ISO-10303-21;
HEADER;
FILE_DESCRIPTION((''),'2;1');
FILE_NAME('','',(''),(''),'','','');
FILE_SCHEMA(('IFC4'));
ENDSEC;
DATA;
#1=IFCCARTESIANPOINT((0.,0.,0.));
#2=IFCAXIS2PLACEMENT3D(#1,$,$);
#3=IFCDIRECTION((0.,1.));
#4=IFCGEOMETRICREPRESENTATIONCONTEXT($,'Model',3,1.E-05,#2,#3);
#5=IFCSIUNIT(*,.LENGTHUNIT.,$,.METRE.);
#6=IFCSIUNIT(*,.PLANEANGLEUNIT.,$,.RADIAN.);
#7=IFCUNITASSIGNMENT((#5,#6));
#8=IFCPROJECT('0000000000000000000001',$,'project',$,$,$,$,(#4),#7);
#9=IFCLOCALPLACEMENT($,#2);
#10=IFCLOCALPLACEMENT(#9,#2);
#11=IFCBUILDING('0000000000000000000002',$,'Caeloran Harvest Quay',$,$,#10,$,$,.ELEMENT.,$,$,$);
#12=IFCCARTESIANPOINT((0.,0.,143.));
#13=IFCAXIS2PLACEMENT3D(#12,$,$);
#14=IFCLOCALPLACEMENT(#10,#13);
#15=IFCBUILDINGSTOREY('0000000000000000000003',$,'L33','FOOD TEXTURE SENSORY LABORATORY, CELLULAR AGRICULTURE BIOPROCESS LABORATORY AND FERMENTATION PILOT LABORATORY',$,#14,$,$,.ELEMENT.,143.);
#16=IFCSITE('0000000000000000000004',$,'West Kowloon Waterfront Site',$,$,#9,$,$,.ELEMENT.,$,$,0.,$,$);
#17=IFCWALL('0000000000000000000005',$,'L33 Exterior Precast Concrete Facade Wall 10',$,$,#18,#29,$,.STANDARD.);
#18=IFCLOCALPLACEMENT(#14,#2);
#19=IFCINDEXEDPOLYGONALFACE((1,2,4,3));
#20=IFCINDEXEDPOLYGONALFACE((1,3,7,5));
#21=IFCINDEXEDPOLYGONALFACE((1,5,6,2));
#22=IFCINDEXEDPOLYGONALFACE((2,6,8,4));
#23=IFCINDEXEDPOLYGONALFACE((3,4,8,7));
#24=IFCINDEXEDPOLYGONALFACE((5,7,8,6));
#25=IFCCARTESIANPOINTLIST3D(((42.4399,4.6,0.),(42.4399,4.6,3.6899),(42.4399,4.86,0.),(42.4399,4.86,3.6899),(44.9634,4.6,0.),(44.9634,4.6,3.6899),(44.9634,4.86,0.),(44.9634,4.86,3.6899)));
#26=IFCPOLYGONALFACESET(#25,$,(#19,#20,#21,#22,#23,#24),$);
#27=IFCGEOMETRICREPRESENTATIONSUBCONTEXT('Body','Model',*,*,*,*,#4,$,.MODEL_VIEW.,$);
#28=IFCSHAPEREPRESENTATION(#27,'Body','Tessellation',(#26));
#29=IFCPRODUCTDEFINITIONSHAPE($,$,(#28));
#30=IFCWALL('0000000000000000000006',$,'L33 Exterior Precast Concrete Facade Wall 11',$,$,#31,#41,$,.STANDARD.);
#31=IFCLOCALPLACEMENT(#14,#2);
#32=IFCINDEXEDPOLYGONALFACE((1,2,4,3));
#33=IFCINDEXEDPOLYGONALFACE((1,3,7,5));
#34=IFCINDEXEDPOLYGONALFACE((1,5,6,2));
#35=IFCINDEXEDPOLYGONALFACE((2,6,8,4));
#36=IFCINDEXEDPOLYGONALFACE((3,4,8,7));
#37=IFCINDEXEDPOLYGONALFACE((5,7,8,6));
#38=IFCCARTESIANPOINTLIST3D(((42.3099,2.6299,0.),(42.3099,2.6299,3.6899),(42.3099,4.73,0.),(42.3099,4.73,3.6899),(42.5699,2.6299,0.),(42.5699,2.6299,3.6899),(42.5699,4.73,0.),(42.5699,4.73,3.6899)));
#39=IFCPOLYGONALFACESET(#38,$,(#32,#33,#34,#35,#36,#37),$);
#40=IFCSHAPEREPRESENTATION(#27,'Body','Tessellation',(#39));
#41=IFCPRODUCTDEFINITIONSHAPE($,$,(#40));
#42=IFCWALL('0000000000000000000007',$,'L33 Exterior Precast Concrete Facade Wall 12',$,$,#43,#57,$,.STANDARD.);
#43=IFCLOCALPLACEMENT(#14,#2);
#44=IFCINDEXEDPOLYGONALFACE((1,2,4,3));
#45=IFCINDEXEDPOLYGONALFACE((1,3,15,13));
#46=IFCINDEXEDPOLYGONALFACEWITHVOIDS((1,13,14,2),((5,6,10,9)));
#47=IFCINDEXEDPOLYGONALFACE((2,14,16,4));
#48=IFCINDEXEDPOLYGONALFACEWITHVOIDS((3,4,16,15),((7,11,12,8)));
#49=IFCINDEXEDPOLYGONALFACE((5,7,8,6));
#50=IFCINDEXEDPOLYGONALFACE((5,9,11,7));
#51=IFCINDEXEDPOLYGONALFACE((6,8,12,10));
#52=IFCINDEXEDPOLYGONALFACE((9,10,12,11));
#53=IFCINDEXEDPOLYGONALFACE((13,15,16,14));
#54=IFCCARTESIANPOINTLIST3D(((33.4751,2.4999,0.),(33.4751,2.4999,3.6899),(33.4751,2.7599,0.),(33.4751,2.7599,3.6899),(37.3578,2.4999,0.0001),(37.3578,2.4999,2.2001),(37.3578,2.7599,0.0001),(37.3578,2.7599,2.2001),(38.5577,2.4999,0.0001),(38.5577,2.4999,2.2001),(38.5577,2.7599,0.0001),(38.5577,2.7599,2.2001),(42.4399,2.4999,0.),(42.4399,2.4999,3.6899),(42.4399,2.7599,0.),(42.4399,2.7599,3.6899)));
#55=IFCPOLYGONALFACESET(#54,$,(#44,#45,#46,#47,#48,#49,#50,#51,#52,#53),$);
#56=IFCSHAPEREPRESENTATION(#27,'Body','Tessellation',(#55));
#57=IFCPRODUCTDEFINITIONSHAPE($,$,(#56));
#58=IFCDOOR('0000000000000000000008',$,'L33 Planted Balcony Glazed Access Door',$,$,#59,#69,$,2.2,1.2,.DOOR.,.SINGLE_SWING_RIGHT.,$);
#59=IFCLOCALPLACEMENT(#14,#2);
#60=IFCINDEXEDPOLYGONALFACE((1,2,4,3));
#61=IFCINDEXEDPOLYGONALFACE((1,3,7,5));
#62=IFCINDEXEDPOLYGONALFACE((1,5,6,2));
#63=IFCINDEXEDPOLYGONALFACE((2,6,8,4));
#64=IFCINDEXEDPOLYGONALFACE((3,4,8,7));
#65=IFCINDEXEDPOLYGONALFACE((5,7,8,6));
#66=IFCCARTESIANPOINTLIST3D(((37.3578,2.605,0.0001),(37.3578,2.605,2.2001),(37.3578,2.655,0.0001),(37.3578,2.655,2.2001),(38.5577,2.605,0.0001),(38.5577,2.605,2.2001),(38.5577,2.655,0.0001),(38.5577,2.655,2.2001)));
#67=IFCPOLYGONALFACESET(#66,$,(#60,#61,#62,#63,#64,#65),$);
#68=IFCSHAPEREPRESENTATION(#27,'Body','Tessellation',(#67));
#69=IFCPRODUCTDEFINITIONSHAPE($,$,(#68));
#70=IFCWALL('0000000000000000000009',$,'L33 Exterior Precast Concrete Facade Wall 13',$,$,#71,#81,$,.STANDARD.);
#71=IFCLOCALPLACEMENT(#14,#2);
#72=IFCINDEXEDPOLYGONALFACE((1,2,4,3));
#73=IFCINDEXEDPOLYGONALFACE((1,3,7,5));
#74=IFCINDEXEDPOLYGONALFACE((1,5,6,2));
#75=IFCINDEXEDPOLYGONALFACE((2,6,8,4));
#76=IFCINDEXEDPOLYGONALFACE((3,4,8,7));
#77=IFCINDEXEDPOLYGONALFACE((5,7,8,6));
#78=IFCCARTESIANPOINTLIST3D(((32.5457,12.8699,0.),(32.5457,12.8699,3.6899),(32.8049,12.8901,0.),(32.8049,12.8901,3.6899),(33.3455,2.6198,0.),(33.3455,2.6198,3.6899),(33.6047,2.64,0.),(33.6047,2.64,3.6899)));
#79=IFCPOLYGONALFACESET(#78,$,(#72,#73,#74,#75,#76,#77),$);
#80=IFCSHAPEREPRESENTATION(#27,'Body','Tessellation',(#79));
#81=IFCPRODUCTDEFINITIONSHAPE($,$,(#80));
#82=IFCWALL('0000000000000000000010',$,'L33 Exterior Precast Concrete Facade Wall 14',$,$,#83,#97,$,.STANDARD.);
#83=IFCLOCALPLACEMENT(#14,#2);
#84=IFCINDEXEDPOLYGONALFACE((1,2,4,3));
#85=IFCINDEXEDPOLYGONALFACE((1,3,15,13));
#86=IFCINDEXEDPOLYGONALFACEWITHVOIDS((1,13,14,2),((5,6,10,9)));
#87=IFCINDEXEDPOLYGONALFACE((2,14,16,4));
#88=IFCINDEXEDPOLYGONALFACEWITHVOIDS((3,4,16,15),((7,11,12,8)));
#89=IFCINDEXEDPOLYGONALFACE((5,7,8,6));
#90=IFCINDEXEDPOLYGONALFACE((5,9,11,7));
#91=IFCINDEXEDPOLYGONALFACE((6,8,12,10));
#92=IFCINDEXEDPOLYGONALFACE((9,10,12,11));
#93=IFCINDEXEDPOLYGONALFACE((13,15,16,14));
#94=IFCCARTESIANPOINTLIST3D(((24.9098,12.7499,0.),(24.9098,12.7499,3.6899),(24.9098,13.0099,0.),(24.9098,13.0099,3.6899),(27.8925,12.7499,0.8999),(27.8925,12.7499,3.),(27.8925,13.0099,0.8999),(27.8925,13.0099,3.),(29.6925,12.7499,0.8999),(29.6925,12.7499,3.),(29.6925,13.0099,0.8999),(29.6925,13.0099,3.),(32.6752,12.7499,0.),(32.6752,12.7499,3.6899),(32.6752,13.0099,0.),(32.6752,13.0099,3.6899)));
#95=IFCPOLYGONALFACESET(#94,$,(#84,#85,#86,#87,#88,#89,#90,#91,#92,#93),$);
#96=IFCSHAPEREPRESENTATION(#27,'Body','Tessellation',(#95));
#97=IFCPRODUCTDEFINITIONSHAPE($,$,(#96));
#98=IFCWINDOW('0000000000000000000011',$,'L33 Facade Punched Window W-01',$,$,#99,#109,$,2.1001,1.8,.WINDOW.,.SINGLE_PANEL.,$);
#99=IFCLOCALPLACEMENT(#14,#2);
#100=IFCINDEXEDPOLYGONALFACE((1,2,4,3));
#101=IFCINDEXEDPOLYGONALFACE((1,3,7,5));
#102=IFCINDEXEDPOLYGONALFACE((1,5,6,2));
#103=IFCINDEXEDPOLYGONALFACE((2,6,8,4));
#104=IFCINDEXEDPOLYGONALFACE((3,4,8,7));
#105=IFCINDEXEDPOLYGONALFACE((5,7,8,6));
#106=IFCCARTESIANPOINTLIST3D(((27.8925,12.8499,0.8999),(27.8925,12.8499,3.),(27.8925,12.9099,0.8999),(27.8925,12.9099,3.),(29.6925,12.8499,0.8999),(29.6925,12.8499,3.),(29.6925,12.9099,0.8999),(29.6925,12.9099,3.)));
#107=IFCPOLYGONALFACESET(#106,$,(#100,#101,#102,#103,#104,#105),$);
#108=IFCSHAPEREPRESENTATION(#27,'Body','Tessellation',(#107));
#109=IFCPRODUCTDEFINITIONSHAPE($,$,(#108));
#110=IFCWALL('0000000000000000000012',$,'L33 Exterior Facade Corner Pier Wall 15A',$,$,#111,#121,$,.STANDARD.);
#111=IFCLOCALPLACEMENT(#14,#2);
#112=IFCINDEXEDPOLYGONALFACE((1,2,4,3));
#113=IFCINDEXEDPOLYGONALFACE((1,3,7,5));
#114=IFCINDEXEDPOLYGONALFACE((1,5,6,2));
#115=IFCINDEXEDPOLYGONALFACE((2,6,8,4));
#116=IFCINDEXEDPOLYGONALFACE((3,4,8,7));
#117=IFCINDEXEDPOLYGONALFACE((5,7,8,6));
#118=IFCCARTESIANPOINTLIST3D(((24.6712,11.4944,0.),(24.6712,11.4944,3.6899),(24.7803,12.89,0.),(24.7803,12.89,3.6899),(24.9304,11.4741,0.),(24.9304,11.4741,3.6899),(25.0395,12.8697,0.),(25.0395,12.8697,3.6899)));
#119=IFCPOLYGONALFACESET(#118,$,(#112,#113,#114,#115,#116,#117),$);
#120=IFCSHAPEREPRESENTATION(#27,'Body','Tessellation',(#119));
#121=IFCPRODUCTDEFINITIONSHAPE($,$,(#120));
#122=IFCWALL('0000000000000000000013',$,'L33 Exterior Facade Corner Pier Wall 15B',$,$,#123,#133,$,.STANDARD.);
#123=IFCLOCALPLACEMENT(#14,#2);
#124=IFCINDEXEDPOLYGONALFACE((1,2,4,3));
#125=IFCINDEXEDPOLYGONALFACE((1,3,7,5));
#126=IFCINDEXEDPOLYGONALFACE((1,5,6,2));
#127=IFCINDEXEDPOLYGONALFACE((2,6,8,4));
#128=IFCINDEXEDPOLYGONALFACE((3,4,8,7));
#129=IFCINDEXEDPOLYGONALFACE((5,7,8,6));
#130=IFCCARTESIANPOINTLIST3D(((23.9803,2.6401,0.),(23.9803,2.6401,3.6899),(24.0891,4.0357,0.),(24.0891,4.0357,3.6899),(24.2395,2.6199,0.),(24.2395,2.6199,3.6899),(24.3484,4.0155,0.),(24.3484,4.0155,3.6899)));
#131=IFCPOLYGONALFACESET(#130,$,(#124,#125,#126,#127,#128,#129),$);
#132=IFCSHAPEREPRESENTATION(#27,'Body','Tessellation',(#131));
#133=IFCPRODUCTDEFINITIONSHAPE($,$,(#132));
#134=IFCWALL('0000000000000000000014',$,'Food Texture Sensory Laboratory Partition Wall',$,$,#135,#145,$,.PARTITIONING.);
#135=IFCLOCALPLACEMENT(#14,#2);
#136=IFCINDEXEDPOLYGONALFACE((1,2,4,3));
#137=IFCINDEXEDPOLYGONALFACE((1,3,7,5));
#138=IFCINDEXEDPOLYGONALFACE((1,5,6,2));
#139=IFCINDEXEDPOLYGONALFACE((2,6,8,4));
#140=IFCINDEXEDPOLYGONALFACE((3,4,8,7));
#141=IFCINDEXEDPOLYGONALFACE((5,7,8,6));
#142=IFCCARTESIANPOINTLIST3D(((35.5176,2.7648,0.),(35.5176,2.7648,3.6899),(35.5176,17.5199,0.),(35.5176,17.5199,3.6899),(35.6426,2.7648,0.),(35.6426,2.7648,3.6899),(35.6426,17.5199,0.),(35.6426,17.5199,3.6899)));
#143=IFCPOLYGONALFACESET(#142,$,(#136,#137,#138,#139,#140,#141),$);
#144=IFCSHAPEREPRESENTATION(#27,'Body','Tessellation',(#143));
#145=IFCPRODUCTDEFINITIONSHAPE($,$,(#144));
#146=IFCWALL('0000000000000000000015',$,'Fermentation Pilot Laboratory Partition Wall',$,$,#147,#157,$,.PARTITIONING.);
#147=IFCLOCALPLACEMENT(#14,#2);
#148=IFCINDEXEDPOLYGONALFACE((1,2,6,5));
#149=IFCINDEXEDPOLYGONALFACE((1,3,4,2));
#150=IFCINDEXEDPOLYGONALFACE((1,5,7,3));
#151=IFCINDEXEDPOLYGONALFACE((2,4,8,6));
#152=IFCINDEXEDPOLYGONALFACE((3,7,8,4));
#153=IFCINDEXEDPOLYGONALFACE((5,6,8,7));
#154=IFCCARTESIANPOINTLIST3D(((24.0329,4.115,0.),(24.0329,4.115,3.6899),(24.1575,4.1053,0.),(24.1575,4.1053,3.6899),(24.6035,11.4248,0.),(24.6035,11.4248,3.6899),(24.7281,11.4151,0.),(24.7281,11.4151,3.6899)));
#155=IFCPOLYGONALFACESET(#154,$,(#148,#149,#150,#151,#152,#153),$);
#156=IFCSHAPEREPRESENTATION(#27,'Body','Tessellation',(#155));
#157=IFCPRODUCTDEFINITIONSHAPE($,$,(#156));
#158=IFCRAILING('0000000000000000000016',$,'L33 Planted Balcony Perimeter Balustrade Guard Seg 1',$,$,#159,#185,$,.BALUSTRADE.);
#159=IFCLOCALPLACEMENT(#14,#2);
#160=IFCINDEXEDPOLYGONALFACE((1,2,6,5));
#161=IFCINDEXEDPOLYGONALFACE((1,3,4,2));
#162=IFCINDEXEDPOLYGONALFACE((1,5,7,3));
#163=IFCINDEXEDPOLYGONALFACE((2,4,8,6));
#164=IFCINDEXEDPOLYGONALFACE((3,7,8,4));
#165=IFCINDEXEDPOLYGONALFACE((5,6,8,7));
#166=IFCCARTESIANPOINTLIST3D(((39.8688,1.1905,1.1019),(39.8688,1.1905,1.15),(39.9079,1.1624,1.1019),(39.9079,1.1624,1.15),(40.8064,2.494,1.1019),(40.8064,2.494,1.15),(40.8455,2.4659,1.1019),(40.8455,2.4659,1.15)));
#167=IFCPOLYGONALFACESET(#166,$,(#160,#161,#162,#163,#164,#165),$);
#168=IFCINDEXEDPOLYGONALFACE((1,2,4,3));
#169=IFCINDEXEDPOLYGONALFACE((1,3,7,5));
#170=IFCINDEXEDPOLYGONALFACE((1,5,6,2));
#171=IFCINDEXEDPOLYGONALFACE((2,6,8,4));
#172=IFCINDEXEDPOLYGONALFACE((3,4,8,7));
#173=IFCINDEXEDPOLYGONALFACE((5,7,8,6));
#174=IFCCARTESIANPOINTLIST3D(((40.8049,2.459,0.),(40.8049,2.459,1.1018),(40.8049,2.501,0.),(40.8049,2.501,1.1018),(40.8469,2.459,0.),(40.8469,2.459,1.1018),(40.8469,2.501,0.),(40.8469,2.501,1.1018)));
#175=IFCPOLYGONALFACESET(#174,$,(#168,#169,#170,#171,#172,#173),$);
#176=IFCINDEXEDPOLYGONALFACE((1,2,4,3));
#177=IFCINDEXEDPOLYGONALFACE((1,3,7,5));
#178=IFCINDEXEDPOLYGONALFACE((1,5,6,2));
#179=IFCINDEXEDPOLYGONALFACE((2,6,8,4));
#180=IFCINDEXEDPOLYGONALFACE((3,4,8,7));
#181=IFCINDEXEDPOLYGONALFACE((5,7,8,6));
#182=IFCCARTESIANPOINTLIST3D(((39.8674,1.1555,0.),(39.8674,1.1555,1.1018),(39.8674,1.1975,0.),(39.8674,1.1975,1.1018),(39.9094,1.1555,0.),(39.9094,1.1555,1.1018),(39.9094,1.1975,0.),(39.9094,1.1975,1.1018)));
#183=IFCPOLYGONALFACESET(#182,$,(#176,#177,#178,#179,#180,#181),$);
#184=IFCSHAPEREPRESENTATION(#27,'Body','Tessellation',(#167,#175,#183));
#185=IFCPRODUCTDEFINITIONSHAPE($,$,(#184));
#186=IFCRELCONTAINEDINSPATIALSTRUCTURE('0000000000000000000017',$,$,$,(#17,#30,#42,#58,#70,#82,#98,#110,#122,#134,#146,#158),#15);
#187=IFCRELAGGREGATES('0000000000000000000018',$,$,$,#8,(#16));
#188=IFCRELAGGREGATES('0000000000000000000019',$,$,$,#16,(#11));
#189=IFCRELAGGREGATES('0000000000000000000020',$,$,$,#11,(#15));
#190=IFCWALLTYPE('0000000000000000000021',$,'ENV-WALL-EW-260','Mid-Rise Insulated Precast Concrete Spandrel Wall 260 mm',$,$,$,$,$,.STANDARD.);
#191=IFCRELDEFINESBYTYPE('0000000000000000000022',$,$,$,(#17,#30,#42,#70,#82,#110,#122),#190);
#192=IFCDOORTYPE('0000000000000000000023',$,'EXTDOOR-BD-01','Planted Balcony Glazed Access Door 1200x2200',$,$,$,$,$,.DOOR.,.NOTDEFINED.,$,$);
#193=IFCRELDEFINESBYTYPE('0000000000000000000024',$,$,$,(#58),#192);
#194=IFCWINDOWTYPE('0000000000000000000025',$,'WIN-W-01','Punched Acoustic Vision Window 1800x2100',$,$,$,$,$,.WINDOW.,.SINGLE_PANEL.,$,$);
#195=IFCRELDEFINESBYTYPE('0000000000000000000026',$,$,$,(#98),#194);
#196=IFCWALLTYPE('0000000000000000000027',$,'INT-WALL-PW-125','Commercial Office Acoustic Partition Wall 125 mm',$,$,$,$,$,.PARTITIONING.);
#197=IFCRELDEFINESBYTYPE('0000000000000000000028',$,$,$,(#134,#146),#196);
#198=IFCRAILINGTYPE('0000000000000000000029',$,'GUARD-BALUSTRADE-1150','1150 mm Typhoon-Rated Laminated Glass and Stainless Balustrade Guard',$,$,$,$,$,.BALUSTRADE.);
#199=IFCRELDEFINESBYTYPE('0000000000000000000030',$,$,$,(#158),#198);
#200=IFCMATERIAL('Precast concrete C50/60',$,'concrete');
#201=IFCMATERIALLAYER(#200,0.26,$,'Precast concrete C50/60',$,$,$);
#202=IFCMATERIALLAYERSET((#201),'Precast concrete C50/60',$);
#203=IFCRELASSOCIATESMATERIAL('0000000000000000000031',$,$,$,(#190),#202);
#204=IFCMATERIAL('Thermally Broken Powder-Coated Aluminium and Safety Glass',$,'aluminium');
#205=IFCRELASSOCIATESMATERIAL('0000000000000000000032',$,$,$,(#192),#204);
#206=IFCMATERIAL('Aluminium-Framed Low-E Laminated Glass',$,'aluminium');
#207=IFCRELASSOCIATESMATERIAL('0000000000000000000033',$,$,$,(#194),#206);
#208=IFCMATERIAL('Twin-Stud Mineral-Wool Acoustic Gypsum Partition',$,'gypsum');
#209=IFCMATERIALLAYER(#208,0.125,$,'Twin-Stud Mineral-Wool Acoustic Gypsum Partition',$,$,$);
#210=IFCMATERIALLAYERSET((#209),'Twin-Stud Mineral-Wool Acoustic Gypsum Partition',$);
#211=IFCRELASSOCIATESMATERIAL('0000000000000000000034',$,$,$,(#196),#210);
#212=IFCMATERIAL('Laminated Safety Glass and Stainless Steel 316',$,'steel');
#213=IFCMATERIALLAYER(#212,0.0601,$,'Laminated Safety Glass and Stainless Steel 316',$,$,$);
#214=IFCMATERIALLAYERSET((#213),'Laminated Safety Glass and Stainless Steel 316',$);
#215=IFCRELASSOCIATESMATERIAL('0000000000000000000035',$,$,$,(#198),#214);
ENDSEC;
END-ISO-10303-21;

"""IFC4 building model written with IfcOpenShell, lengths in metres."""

from ifc_helpers import new_model, si_unit, direction, frame, frame_2d, origin, origin_2d, place, context, subcontext, project, spatial, rectangle, extrude, material, layer, layer_set, type_object, element, fill, save


model = new_model("IFC4")

# Units and contexts
model_context = context("Model", 3, precision=1e-05, world=origin(), true_north=direction((0.0, 1.0)))
body_context = subcontext(model_context, "Body", "Model", "MODEL_VIEW")
ifc_project = project(units=[si_unit("LENGTHUNIT", "METRE"), si_unit("PLANEANGLEUNIT", "RADIAN")], contexts=[model_context])

# Site, building, storey
site_placement = place(None, origin())
site = spatial("IfcSite", under=ifc_project, at=site_placement, Name="West Kowloon Waterfront Site", CompositionType="ELEMENT", RefElevation=0.0)
building_placement = place(site_placement, origin())
building = spatial("IfcBuilding", under=site, at=building_placement, Name="Caeloran Harvest Quay", CompositionType="ELEMENT")
storey_placement = place(building_placement, frame((0.0, 0.0, 143.0)))
storey = spatial("IfcBuildingStorey", under=building, at=storey_placement, Name="L33", Description="FOOD TEXTURE SENSORY LABORATORY, CELLULAR AGRICULTURE BIOPROCESS LABORATORY AND FERMENTATION PILOT LABORATORY", CompositionType="ELEMENT", Elevation=143.0)

# Shared definitions
ifc_material_1 = material(Name="Precast concrete C50/60", Category="concrete")

# Walls
ifc_layer_1 = layer(ifc_material_1, 0.26, Name="Precast concrete C50/60")
ifc_layer_set_1 = layer_set([ifc_layer_1], Name="Precast concrete C50/60")
wall_type_1 = type_object("IfcWallType", Name="ENV-WALL-EW-260", Description="Mid-Rise Insulated Precast Concrete Spandrel Wall 260 mm", PredefinedType="STANDARD", material=ifc_layer_set_1)
wall_1_placement = place(storey_placement, frame((44.9634, 4.73, 0.0), z_axis=(0.0, 0.0, 1.0), x_axis=(-1.0, 0.0, 0.0)))
element("IfcWall", 1, at=wall_1_placement, inside=storey, type_object=wall_type_1, Name="L33 Exterior Precast Concrete Facade Wall 10", PredefinedType="STANDARD", context=body_context, shape_type="SweptSolid", body=[
    extrude(rectangle(XDim=2.5234, YDim=0.26, at=frame_2d((1.2617, 0.0))), origin(), (0.0, 0.0, 1.0), 3.6899),
])
wall_2_placement = place(storey_placement, frame((42.4399, 4.73, 0.0), z_axis=(0.0, 0.0, 1.0), x_axis=(0.0, -1.0, 0.0)))
element("IfcWall", 2, at=wall_2_placement, inside=storey, type_object=wall_type_1, Name="L33 Exterior Precast Concrete Facade Wall 11", PredefinedType="STANDARD", context=body_context, shape_type="SweptSolid", body=[
    extrude(rectangle(XDim=2.1001, YDim=0.26, at=frame_2d((1.05, 0.0))), origin(), (0.0, 0.0, 1.0), 3.6899),
])

# Wall, opening, door
wall_3_placement = place(storey_placement, frame((42.4399, 2.6299, 0.0), z_axis=(0.0, 0.0, 1.0), x_axis=(-1.0, 0.0, 0.0)))
wall_3 = element("IfcWall", 3, at=wall_3_placement, inside=storey, type_object=wall_type_1, Name="L33 Exterior Precast Concrete Facade Wall 12", PredefinedType="STANDARD", context=body_context, shape_type="SweptSolid", body=[
    extrude(rectangle(XDim=8.9648, YDim=0.26, at=frame_2d((4.4824, 0.0))), origin(), (0.0, 0.0, 1.0), 3.6899),
])
opening_1_placement = place(wall_3_placement, frame((3.8821, 0.0, 0.0)))
opening_1 = element("IfcOpeningElement", 4, at=opening_1_placement, cuts=wall_3, PredefinedType="OPENING", context=body_context, shape_type="SweptSolid", body=[
    extrude(rectangle(XDim=1.2, YDim=2.2, at=frame_2d((0.6001, 1.1001))), frame((0.0, 0.1401, 0.0), z_axis=(0.0, -1.0, 0.0), x_axis=(1.0, 0.0, 0.0)), (0.0, 0.0, 1.0), 0.28),
])
ifc_material_2 = material(Name="Thermally Broken Powder-Coated Aluminium and Safety Glass", Category="aluminium")
door_type = type_object("IfcDoorType", Name="EXTDOOR-BD-01", Description="Planted Balcony Glazed Access Door 1200x2200", OperationType="NOTDEFINED", PredefinedType="DOOR", material=ifc_material_2)
door_placement = place(opening_1_placement, origin())
door = element("IfcDoor", 5, at=door_placement, inside=storey, type_object=door_type, Name="L33 Planted Balcony Glazed Access Door", OperationType="SINGLE_SWING_RIGHT", OverallHeight=2.2, OverallWidth=1.2, PredefinedType="DOOR", context=body_context, shape_type="SweptSolid", body=[
    extrude(rectangle(XDim=1.2, YDim=2.2, at=frame_2d((0.6001, 1.1001))), frame((0.0, 0.0249, 0.0), z_axis=(0.0, -1.0, 0.0), x_axis=(1.0, 0.0, 0.0)), (0.0, 0.0, 1.0), 0.05),
])
fill(opening_1, door)

# Wall
wall_4_placement = place(storey_placement, frame((33.4751, 2.6299, 0.0), z_axis=(0.0, 0.0, 1.0), x_axis=(-0.077793, 0.99697, 0.0)))
element("IfcWall", 6, at=wall_4_placement, inside=storey, type_object=wall_type_1, Name="L33 Exterior Precast Concrete Facade Wall 13", PredefinedType="STANDARD", context=body_context, shape_type="SweptSolid", body=[
    extrude(rectangle(XDim=10.2812, YDim=0.26, at=frame_2d((5.1406, 0.0))), origin(), (0.0, 0.0, 1.0), 3.6899),
])

# Wall, opening, window
wall_5_placement = place(storey_placement, frame((32.6753, 12.8799, 0.0), z_axis=(0.0, 0.0, 1.0), x_axis=(-1.0, 0.0, 0.0)))
wall_5 = element("IfcWall", 7, at=wall_5_placement, inside=storey, type_object=wall_type_1, Name="L33 Exterior Precast Concrete Facade Wall 14", PredefinedType="STANDARD", context=body_context, shape_type="SweptSolid", body=[
    extrude(rectangle(XDim=7.7654, YDim=0.26, at=frame_2d((3.8828, 0.0))), origin(), (0.0, 0.0, 1.0), 3.6899),
])
opening_2_placement = place(wall_5_placement, frame((2.9829, 0.0, 0.8999)))
opening_2 = element("IfcOpeningElement", 8, at=opening_2_placement, cuts=wall_5, PredefinedType="OPENING", context=body_context, shape_type="SweptSolid", body=[
    extrude(rectangle(XDim=1.8, YDim=2.1001, at=frame_2d((0.8999, 1.05))), frame((0.0, 0.1401, 0.0), z_axis=(0.0, -1.0, 0.0), x_axis=(1.0, 0.0, 0.0)), (0.0, 0.0, 1.0), 0.28),
])
ifc_material_3 = material(Name="Aluminium-Framed Low-E Laminated Glass", Category="aluminium")
window_type = type_object("IfcWindowType", Name="WIN-W-01", Description="Punched Acoustic Vision Window 1800x2100", PartitioningType="SINGLE_PANEL", PredefinedType="WINDOW", material=ifc_material_3)
window_placement = place(opening_2_placement, origin())
window = element("IfcWindow", 9, at=window_placement, inside=storey, type_object=window_type, Name="L33 Facade Punched Window W-01", OverallHeight=2.1001, OverallWidth=1.8, PartitioningType="SINGLE_PANEL", PredefinedType="WINDOW", context=body_context, shape_type="SweptSolid", body=[
    extrude(rectangle(XDim=1.8, YDim=2.1001, at=frame_2d((0.8999, 1.05))), frame((0.0, 0.03, 0.0), z_axis=(0.0, -1.0, 0.0), x_axis=(1.0, 0.0, 0.0)), (0.0, 0.0, 1.0), 0.0601),
])
fill(opening_2, window)

# Walls
for number, where, z_axis, x_axis, name in (
    (10, (24.9099, 12.8799, 0.0), (0.0, 0.0, 1.0), (-0.07795, -0.996957, 0.0), "L33 Exterior Facade Corner Pier Wall 15A"),
    (11, (24.2188, 4.0256, 0.0), (0.0, 0.0, 1.0), (-0.077777, -0.996971, 0.0), "L33 Exterior Facade Corner Pier Wall 15B"),
):
    element("IfcWall", number, at=place(storey_placement, frame(where, z_axis=z_axis, x_axis=x_axis)), inside=storey, type_object=wall_type_1, Name=name, PredefinedType="STANDARD", context=body_context, shape_type="SweptSolid", body=[
        extrude(rectangle(XDim=1.3999, YDim=0.26, at=frame_2d((0.7, 0.0))), origin(), (0.0, 0.0, 1.0), 3.6899),
    ])
ifc_material_4 = material(Name="Twin-Stud Mineral-Wool Acoustic Gypsum Partition", Category="gypsum")
ifc_layer_2 = layer(ifc_material_4, 0.125, Name="Twin-Stud Mineral-Wool Acoustic Gypsum Partition")
ifc_layer_set_2 = layer_set([ifc_layer_2], Name="Twin-Stud Mineral-Wool Acoustic Gypsum Partition")
wall_type_2 = type_object("IfcWallType", Name="INT-WALL-PW-125", Description="Commercial Office Acoustic Partition Wall 125 mm", PredefinedType="PARTITIONING", material=ifc_layer_set_2)
wall_6_placement = place(storey_placement, frame((35.5801, 2.7649, 0.0), z_axis=(0.0, 0.0, 1.0), x_axis=(0.0, 1.0, 0.0)))
element("IfcWall", 12, at=wall_6_placement, inside=storey, type_object=wall_type_2, Name="Food Texture Sensory Laboratory Partition Wall", PredefinedType="PARTITIONING", context=body_context, shape_type="SweptSolid", body=[
    extrude(rectangle(XDim=14.7551, YDim=0.125, at=frame_2d((7.3774, 0.0))), origin(), (0.0, 0.0, 1.0), 3.6899),
])
wall_7_placement = place(storey_placement, frame((24.6658, 11.4199, 0.0), z_axis=(0.0, 0.0, 1.0), x_axis=(-0.077817, -0.996968, 0.0)))
element("IfcWall", 13, at=wall_7_placement, inside=storey, type_object=wall_type_2, Name="Fermentation Pilot Laboratory Partition Wall", PredefinedType="PARTITIONING", context=body_context, shape_type="SweptSolid", body=[
    extrude(rectangle(XDim=7.332, YDim=0.125, at=frame_2d((3.666, 0.0))), origin(), (0.0, 0.0, 1.0), 3.6899),
])

# Railing
ifc_material_5 = material(Name="Laminated Safety Glass and Stainless Steel 316", Category="steel")
ifc_layer_3 = layer(ifc_material_5, 0.0601, Name="Laminated Safety Glass and Stainless Steel 316")
ifc_layer_set_3 = layer_set([ifc_layer_3], Name="Laminated Safety Glass and Stainless Steel 316")
railing_type = type_object("IfcRailingType", Name="GUARD-BALUSTRADE-1150", Description="1150 mm Typhoon-Rated Laminated Glass and Stainless Balustrade Guard", PredefinedType="BALUSTRADE", material=ifc_layer_set_3)
railing_1_placement = place(storey_placement, frame((40.8259, 2.48, 0.0)))
element("IfcRailing", 14, at=railing_1_placement, inside=storey, type_object=railing_type, Name="L33 Planted Balcony Perimeter Balustrade Guard Seg 1", PredefinedType="BALUSTRADE", context=body_context, shape_type="SweptSolid", body=[
    extrude(rectangle(XDim=0.0481, YDim=0.0481, at=origin_2d()), frame((0.0, 0.0, 1.126), z_axis=(-0.583896, -0.811828, 0.0), x_axis=(0.811828, -0.583896, 0.0)), (0.0, 0.0, 1.0), 1.6057),
    extrude(rectangle(XDim=0.042, YDim=0.042, at=origin_2d()), origin(), (0.0, 0.0, 1.0), 1.1018),
    extrude(rectangle(XDim=0.042, YDim=0.042, at=origin_2d()), frame((-0.9375, -1.3035, 0.0)), (0.0, 0.0, 1.0), 1.1018),
])

save(model, "model.ifc")
